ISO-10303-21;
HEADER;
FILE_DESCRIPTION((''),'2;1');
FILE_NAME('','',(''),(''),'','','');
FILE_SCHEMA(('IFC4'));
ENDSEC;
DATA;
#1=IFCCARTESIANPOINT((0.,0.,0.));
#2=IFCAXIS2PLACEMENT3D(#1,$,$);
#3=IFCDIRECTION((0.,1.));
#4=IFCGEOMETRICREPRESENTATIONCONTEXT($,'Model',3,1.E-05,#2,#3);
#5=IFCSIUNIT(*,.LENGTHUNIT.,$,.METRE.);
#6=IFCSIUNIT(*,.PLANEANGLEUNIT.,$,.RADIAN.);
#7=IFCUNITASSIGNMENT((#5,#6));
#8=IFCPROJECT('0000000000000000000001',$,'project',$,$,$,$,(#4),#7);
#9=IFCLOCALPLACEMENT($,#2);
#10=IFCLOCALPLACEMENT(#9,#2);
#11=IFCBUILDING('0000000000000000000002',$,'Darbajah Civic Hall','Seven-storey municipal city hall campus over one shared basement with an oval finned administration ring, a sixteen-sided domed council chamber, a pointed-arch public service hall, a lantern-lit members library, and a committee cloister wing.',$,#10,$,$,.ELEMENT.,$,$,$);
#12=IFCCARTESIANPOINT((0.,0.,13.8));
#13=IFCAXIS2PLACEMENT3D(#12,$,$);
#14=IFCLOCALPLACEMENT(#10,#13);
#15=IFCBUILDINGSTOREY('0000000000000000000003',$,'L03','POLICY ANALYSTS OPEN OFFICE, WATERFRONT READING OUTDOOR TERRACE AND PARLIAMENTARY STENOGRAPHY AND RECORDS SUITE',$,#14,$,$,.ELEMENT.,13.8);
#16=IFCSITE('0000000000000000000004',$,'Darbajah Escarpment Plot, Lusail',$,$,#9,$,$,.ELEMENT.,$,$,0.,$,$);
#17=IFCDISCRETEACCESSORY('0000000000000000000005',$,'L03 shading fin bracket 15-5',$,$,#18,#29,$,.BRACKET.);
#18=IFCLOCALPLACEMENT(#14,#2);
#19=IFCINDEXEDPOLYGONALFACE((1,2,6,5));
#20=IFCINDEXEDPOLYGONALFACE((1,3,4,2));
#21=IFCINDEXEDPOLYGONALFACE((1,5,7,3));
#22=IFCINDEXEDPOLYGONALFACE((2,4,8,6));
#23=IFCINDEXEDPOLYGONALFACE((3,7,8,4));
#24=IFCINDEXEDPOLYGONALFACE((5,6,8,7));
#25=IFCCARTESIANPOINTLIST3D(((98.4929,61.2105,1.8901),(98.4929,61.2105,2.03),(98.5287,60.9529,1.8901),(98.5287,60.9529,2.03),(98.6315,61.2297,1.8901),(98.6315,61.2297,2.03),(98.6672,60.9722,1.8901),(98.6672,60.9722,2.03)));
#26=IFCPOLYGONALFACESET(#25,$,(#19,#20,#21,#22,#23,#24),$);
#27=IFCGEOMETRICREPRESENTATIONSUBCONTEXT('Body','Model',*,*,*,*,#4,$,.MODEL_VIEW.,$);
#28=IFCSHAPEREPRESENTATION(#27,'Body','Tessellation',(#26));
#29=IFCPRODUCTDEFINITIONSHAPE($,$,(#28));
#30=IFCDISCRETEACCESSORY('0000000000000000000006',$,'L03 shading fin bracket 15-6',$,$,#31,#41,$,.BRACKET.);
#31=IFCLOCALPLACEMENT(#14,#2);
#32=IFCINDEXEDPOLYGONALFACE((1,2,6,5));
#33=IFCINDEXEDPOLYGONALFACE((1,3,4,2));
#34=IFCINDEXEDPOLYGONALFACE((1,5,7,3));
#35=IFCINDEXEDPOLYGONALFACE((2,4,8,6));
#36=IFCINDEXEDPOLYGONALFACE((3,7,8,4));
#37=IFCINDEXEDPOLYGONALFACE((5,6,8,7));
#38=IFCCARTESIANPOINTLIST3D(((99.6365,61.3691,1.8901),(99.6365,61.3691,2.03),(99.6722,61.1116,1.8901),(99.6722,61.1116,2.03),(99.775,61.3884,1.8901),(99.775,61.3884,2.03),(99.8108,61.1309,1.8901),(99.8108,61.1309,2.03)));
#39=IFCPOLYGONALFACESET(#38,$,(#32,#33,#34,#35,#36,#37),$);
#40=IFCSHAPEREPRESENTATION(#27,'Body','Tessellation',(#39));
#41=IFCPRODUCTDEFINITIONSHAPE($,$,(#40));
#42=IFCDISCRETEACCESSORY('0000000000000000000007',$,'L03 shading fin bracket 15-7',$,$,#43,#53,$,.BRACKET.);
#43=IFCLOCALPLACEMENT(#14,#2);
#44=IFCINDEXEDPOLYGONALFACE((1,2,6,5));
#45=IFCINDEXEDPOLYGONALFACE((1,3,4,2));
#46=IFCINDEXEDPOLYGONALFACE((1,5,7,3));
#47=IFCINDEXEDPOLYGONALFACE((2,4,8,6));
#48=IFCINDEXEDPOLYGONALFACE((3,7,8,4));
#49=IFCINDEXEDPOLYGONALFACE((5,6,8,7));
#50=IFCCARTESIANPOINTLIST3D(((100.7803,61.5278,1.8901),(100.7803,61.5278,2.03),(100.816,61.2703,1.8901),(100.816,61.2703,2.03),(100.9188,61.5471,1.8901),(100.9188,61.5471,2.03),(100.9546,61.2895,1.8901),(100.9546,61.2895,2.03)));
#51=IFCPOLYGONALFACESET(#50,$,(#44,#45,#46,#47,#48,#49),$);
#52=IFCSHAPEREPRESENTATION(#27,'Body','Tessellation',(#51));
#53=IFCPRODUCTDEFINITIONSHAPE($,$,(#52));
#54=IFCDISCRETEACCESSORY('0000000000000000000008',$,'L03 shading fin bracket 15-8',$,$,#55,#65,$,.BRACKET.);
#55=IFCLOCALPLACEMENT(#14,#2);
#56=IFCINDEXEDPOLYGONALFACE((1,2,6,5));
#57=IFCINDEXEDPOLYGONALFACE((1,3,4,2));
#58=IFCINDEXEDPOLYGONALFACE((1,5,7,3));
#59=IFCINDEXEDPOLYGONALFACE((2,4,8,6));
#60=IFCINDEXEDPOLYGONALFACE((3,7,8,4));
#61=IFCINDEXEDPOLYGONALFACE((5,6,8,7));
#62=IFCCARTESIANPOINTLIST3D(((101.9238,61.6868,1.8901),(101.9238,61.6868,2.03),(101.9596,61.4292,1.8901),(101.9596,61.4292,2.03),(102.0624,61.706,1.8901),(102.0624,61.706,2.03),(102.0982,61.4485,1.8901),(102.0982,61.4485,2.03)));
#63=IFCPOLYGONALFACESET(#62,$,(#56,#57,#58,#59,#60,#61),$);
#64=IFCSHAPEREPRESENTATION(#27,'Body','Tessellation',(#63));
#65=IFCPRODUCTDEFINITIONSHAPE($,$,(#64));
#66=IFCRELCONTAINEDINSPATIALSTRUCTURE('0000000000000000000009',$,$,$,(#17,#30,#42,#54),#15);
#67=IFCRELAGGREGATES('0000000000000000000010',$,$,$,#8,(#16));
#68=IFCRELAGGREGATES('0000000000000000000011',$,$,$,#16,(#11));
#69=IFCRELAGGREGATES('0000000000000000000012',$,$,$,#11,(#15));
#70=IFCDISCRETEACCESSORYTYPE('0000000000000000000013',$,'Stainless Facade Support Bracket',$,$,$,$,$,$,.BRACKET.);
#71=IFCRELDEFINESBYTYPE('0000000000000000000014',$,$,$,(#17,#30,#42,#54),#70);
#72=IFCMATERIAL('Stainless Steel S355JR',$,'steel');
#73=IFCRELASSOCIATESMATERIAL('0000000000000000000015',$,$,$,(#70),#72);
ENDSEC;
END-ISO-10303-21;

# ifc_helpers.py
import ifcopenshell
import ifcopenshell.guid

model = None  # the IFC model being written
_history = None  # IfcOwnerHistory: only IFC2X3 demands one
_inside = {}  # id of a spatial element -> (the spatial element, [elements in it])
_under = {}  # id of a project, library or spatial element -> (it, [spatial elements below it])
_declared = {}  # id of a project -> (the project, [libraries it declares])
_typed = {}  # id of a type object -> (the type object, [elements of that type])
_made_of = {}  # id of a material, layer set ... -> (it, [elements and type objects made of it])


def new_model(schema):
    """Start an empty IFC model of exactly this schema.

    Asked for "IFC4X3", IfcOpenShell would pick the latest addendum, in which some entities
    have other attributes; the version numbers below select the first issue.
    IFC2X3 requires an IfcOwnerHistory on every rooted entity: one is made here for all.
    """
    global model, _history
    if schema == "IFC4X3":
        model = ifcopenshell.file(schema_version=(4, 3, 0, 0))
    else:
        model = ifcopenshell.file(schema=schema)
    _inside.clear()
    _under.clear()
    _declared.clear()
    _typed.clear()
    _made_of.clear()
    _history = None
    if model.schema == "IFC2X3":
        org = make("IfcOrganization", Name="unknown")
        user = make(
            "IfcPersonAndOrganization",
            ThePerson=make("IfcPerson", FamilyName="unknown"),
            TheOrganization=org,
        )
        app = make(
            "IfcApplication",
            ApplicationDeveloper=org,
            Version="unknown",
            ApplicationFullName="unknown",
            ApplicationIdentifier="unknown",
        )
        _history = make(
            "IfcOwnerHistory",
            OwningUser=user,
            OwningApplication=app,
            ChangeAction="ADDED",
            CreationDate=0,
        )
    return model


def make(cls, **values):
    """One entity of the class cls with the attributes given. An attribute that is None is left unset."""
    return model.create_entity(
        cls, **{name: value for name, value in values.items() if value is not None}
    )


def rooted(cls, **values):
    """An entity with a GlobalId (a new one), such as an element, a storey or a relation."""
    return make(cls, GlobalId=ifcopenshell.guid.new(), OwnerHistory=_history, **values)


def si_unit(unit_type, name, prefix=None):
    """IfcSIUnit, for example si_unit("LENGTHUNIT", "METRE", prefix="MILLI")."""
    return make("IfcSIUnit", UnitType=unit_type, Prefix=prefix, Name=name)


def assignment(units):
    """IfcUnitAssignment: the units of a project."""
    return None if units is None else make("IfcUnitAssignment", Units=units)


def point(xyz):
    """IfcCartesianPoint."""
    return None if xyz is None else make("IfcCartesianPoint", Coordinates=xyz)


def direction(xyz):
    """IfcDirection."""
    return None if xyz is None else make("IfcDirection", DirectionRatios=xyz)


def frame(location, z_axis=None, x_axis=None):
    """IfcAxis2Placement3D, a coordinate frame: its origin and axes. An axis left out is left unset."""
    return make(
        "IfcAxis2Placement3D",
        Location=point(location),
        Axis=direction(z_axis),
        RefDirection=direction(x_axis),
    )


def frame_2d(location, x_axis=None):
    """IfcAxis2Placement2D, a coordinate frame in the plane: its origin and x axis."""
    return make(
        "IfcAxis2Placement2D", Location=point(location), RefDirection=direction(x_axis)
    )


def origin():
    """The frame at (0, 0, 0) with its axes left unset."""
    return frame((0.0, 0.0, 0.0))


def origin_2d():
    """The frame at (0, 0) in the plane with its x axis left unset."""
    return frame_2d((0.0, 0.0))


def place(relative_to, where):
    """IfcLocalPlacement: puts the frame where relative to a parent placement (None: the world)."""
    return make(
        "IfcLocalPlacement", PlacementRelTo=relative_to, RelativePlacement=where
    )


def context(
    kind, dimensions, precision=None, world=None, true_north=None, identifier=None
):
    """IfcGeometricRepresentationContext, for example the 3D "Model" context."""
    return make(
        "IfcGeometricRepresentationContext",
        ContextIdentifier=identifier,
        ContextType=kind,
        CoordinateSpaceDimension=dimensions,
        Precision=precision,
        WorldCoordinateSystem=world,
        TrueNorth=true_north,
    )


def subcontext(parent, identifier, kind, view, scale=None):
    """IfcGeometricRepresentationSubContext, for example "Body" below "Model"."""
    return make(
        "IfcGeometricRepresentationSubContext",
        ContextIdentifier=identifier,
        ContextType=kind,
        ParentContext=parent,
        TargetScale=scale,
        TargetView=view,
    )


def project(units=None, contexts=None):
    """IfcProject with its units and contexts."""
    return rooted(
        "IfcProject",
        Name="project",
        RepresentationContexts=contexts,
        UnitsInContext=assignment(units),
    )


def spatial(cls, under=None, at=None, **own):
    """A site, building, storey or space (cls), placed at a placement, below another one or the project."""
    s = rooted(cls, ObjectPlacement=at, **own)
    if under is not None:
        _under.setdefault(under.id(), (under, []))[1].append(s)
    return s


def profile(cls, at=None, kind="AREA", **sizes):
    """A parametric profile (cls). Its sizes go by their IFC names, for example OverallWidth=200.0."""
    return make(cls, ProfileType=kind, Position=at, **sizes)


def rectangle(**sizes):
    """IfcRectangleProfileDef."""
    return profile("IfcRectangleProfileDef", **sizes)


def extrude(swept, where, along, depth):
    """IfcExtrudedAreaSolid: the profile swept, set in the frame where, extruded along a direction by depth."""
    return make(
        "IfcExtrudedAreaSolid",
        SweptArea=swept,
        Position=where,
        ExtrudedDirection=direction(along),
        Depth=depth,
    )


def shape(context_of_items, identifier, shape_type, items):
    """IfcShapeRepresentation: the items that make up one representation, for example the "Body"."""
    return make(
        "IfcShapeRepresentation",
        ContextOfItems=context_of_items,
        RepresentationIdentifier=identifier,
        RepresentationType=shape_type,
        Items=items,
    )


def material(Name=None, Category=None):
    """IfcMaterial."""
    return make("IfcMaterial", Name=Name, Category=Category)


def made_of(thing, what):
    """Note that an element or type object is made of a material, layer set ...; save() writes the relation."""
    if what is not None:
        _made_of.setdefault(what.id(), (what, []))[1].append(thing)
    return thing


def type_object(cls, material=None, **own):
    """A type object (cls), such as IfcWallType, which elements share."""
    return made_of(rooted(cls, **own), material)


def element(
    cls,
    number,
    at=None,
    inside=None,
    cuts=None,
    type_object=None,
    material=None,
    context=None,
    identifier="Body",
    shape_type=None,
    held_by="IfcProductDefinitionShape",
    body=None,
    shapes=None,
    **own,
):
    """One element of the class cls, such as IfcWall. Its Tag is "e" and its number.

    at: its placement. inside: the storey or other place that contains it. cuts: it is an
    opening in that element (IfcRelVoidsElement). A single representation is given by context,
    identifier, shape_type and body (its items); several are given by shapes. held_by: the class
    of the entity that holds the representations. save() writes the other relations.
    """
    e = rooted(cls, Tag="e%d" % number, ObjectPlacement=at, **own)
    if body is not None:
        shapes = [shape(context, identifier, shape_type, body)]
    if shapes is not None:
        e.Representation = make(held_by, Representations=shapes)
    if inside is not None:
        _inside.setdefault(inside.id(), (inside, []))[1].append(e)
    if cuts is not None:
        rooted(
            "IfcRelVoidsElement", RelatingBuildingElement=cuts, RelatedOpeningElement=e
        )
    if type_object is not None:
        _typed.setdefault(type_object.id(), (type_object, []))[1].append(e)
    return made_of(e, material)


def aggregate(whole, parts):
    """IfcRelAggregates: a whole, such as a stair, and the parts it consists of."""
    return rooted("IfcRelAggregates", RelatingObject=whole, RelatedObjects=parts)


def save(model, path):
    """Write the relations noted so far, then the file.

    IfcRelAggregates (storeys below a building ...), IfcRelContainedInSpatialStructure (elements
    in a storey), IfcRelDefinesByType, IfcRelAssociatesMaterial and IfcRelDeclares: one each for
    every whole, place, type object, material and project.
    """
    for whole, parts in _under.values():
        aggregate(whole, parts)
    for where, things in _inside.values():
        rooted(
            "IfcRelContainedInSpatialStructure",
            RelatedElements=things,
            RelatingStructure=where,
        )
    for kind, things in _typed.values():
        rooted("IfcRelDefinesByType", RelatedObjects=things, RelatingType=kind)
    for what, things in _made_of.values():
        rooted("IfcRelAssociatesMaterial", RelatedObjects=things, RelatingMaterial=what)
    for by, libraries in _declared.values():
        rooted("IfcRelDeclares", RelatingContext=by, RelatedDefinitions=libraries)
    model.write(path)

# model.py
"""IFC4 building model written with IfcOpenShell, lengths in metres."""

from ifc_helpers import new_model, si_unit, direction, frame, origin, origin_2d, place, context, subcontext, project, spatial, rectangle, extrude, material, type_object, element, save


model = new_model("IFC4")

# Units and contexts
model_context = context("Model", 3, precision=1e-05, world=origin(), true_north=direction((0.0, 1.0)))
body_context = subcontext(model_context, "Body", "Model", "MODEL_VIEW")
ifc_project = project(units=[si_unit("LENGTHUNIT", "METRE"), si_unit("PLANEANGLEUNIT", "RADIAN")], contexts=[model_context])

# Site, building, storey
site_placement = place(None, origin())
site = spatial("IfcSite", under=ifc_project, at=site_placement, Name="Darbajah Escarpment Plot, Lusail", CompositionType="ELEMENT", RefElevation=0.0)
building_placement = place(site_placement, origin())
building = spatial("IfcBuilding", under=site, at=building_placement, Name="Darbajah Civic Hall", Description="Seven-storey municipal city hall campus over one shared basement with an oval finned administration ring, a sixteen-sided domed council chamber, a pointed-arch public service hall, a lantern-lit members library, and a committee cloister wing.", CompositionType="ELEMENT")
storey_placement = place(building_placement, frame((0.0, 0.0, 13.8)))
storey = spatial("IfcBuildingStorey", under=building, at=storey_placement, Name="L03", Description="POLICY ANALYSTS OPEN OFFICE, WATERFRONT READING OUTDOOR TERRACE AND PARLIAMENTARY STENOGRAPHY AND RECORDS SUITE", CompositionType="ELEMENT", Elevation=13.8)

# Discrete accessories
ifc_material_1 = material(Name="Stainless Steel S355JR", Category="steel")
discrete_accessory_type = type_object("IfcDiscreteAccessoryType", Name="Stainless Facade Support Bracket", PredefinedType="BRACKET", material=ifc_material_1)
for number, where, z_axis, x_axis, name in (
    (1, (98.5801, 61.0913, 1.8901), (0.0, 0.0, 1.0), (0.137617, -0.990485, 0.0), "L03 shading fin bracket 15-5"),
    (2, (99.7236, 61.25, 1.8901), (0.0, 0.0, 1.0), (0.137617, -0.990485, 0.0), "L03 shading fin bracket 15-6"),
    (3, (100.8674, 61.4087, 1.8901), (0.0, 0.0, 1.0), (0.137617, -0.990485, 0.0), "L03 shading fin bracket 15-7"),
    (4, (102.011, 61.5676, 1.8901), (0.0, 0.0, 1.0), (0.137617, -0.990485, 0.0), "L03 shading fin bracket 15-8"),
):
    element("IfcDiscreteAccessory", number, at=place(storey_placement, frame(where, z_axis=z_axis, x_axis=x_axis)), inside=storey, type_object=discrete_accessory_type, Name=name, PredefinedType="BRACKET", context=body_context, shape_type="SweptSolid", body=[
        extrude(rectangle(XDim=0.26, YDim=0.1399, at=origin_2d()), origin(), (0.0, 0.0, 1.0), 0.1399),
    ])

save(model, "model.ifc")
